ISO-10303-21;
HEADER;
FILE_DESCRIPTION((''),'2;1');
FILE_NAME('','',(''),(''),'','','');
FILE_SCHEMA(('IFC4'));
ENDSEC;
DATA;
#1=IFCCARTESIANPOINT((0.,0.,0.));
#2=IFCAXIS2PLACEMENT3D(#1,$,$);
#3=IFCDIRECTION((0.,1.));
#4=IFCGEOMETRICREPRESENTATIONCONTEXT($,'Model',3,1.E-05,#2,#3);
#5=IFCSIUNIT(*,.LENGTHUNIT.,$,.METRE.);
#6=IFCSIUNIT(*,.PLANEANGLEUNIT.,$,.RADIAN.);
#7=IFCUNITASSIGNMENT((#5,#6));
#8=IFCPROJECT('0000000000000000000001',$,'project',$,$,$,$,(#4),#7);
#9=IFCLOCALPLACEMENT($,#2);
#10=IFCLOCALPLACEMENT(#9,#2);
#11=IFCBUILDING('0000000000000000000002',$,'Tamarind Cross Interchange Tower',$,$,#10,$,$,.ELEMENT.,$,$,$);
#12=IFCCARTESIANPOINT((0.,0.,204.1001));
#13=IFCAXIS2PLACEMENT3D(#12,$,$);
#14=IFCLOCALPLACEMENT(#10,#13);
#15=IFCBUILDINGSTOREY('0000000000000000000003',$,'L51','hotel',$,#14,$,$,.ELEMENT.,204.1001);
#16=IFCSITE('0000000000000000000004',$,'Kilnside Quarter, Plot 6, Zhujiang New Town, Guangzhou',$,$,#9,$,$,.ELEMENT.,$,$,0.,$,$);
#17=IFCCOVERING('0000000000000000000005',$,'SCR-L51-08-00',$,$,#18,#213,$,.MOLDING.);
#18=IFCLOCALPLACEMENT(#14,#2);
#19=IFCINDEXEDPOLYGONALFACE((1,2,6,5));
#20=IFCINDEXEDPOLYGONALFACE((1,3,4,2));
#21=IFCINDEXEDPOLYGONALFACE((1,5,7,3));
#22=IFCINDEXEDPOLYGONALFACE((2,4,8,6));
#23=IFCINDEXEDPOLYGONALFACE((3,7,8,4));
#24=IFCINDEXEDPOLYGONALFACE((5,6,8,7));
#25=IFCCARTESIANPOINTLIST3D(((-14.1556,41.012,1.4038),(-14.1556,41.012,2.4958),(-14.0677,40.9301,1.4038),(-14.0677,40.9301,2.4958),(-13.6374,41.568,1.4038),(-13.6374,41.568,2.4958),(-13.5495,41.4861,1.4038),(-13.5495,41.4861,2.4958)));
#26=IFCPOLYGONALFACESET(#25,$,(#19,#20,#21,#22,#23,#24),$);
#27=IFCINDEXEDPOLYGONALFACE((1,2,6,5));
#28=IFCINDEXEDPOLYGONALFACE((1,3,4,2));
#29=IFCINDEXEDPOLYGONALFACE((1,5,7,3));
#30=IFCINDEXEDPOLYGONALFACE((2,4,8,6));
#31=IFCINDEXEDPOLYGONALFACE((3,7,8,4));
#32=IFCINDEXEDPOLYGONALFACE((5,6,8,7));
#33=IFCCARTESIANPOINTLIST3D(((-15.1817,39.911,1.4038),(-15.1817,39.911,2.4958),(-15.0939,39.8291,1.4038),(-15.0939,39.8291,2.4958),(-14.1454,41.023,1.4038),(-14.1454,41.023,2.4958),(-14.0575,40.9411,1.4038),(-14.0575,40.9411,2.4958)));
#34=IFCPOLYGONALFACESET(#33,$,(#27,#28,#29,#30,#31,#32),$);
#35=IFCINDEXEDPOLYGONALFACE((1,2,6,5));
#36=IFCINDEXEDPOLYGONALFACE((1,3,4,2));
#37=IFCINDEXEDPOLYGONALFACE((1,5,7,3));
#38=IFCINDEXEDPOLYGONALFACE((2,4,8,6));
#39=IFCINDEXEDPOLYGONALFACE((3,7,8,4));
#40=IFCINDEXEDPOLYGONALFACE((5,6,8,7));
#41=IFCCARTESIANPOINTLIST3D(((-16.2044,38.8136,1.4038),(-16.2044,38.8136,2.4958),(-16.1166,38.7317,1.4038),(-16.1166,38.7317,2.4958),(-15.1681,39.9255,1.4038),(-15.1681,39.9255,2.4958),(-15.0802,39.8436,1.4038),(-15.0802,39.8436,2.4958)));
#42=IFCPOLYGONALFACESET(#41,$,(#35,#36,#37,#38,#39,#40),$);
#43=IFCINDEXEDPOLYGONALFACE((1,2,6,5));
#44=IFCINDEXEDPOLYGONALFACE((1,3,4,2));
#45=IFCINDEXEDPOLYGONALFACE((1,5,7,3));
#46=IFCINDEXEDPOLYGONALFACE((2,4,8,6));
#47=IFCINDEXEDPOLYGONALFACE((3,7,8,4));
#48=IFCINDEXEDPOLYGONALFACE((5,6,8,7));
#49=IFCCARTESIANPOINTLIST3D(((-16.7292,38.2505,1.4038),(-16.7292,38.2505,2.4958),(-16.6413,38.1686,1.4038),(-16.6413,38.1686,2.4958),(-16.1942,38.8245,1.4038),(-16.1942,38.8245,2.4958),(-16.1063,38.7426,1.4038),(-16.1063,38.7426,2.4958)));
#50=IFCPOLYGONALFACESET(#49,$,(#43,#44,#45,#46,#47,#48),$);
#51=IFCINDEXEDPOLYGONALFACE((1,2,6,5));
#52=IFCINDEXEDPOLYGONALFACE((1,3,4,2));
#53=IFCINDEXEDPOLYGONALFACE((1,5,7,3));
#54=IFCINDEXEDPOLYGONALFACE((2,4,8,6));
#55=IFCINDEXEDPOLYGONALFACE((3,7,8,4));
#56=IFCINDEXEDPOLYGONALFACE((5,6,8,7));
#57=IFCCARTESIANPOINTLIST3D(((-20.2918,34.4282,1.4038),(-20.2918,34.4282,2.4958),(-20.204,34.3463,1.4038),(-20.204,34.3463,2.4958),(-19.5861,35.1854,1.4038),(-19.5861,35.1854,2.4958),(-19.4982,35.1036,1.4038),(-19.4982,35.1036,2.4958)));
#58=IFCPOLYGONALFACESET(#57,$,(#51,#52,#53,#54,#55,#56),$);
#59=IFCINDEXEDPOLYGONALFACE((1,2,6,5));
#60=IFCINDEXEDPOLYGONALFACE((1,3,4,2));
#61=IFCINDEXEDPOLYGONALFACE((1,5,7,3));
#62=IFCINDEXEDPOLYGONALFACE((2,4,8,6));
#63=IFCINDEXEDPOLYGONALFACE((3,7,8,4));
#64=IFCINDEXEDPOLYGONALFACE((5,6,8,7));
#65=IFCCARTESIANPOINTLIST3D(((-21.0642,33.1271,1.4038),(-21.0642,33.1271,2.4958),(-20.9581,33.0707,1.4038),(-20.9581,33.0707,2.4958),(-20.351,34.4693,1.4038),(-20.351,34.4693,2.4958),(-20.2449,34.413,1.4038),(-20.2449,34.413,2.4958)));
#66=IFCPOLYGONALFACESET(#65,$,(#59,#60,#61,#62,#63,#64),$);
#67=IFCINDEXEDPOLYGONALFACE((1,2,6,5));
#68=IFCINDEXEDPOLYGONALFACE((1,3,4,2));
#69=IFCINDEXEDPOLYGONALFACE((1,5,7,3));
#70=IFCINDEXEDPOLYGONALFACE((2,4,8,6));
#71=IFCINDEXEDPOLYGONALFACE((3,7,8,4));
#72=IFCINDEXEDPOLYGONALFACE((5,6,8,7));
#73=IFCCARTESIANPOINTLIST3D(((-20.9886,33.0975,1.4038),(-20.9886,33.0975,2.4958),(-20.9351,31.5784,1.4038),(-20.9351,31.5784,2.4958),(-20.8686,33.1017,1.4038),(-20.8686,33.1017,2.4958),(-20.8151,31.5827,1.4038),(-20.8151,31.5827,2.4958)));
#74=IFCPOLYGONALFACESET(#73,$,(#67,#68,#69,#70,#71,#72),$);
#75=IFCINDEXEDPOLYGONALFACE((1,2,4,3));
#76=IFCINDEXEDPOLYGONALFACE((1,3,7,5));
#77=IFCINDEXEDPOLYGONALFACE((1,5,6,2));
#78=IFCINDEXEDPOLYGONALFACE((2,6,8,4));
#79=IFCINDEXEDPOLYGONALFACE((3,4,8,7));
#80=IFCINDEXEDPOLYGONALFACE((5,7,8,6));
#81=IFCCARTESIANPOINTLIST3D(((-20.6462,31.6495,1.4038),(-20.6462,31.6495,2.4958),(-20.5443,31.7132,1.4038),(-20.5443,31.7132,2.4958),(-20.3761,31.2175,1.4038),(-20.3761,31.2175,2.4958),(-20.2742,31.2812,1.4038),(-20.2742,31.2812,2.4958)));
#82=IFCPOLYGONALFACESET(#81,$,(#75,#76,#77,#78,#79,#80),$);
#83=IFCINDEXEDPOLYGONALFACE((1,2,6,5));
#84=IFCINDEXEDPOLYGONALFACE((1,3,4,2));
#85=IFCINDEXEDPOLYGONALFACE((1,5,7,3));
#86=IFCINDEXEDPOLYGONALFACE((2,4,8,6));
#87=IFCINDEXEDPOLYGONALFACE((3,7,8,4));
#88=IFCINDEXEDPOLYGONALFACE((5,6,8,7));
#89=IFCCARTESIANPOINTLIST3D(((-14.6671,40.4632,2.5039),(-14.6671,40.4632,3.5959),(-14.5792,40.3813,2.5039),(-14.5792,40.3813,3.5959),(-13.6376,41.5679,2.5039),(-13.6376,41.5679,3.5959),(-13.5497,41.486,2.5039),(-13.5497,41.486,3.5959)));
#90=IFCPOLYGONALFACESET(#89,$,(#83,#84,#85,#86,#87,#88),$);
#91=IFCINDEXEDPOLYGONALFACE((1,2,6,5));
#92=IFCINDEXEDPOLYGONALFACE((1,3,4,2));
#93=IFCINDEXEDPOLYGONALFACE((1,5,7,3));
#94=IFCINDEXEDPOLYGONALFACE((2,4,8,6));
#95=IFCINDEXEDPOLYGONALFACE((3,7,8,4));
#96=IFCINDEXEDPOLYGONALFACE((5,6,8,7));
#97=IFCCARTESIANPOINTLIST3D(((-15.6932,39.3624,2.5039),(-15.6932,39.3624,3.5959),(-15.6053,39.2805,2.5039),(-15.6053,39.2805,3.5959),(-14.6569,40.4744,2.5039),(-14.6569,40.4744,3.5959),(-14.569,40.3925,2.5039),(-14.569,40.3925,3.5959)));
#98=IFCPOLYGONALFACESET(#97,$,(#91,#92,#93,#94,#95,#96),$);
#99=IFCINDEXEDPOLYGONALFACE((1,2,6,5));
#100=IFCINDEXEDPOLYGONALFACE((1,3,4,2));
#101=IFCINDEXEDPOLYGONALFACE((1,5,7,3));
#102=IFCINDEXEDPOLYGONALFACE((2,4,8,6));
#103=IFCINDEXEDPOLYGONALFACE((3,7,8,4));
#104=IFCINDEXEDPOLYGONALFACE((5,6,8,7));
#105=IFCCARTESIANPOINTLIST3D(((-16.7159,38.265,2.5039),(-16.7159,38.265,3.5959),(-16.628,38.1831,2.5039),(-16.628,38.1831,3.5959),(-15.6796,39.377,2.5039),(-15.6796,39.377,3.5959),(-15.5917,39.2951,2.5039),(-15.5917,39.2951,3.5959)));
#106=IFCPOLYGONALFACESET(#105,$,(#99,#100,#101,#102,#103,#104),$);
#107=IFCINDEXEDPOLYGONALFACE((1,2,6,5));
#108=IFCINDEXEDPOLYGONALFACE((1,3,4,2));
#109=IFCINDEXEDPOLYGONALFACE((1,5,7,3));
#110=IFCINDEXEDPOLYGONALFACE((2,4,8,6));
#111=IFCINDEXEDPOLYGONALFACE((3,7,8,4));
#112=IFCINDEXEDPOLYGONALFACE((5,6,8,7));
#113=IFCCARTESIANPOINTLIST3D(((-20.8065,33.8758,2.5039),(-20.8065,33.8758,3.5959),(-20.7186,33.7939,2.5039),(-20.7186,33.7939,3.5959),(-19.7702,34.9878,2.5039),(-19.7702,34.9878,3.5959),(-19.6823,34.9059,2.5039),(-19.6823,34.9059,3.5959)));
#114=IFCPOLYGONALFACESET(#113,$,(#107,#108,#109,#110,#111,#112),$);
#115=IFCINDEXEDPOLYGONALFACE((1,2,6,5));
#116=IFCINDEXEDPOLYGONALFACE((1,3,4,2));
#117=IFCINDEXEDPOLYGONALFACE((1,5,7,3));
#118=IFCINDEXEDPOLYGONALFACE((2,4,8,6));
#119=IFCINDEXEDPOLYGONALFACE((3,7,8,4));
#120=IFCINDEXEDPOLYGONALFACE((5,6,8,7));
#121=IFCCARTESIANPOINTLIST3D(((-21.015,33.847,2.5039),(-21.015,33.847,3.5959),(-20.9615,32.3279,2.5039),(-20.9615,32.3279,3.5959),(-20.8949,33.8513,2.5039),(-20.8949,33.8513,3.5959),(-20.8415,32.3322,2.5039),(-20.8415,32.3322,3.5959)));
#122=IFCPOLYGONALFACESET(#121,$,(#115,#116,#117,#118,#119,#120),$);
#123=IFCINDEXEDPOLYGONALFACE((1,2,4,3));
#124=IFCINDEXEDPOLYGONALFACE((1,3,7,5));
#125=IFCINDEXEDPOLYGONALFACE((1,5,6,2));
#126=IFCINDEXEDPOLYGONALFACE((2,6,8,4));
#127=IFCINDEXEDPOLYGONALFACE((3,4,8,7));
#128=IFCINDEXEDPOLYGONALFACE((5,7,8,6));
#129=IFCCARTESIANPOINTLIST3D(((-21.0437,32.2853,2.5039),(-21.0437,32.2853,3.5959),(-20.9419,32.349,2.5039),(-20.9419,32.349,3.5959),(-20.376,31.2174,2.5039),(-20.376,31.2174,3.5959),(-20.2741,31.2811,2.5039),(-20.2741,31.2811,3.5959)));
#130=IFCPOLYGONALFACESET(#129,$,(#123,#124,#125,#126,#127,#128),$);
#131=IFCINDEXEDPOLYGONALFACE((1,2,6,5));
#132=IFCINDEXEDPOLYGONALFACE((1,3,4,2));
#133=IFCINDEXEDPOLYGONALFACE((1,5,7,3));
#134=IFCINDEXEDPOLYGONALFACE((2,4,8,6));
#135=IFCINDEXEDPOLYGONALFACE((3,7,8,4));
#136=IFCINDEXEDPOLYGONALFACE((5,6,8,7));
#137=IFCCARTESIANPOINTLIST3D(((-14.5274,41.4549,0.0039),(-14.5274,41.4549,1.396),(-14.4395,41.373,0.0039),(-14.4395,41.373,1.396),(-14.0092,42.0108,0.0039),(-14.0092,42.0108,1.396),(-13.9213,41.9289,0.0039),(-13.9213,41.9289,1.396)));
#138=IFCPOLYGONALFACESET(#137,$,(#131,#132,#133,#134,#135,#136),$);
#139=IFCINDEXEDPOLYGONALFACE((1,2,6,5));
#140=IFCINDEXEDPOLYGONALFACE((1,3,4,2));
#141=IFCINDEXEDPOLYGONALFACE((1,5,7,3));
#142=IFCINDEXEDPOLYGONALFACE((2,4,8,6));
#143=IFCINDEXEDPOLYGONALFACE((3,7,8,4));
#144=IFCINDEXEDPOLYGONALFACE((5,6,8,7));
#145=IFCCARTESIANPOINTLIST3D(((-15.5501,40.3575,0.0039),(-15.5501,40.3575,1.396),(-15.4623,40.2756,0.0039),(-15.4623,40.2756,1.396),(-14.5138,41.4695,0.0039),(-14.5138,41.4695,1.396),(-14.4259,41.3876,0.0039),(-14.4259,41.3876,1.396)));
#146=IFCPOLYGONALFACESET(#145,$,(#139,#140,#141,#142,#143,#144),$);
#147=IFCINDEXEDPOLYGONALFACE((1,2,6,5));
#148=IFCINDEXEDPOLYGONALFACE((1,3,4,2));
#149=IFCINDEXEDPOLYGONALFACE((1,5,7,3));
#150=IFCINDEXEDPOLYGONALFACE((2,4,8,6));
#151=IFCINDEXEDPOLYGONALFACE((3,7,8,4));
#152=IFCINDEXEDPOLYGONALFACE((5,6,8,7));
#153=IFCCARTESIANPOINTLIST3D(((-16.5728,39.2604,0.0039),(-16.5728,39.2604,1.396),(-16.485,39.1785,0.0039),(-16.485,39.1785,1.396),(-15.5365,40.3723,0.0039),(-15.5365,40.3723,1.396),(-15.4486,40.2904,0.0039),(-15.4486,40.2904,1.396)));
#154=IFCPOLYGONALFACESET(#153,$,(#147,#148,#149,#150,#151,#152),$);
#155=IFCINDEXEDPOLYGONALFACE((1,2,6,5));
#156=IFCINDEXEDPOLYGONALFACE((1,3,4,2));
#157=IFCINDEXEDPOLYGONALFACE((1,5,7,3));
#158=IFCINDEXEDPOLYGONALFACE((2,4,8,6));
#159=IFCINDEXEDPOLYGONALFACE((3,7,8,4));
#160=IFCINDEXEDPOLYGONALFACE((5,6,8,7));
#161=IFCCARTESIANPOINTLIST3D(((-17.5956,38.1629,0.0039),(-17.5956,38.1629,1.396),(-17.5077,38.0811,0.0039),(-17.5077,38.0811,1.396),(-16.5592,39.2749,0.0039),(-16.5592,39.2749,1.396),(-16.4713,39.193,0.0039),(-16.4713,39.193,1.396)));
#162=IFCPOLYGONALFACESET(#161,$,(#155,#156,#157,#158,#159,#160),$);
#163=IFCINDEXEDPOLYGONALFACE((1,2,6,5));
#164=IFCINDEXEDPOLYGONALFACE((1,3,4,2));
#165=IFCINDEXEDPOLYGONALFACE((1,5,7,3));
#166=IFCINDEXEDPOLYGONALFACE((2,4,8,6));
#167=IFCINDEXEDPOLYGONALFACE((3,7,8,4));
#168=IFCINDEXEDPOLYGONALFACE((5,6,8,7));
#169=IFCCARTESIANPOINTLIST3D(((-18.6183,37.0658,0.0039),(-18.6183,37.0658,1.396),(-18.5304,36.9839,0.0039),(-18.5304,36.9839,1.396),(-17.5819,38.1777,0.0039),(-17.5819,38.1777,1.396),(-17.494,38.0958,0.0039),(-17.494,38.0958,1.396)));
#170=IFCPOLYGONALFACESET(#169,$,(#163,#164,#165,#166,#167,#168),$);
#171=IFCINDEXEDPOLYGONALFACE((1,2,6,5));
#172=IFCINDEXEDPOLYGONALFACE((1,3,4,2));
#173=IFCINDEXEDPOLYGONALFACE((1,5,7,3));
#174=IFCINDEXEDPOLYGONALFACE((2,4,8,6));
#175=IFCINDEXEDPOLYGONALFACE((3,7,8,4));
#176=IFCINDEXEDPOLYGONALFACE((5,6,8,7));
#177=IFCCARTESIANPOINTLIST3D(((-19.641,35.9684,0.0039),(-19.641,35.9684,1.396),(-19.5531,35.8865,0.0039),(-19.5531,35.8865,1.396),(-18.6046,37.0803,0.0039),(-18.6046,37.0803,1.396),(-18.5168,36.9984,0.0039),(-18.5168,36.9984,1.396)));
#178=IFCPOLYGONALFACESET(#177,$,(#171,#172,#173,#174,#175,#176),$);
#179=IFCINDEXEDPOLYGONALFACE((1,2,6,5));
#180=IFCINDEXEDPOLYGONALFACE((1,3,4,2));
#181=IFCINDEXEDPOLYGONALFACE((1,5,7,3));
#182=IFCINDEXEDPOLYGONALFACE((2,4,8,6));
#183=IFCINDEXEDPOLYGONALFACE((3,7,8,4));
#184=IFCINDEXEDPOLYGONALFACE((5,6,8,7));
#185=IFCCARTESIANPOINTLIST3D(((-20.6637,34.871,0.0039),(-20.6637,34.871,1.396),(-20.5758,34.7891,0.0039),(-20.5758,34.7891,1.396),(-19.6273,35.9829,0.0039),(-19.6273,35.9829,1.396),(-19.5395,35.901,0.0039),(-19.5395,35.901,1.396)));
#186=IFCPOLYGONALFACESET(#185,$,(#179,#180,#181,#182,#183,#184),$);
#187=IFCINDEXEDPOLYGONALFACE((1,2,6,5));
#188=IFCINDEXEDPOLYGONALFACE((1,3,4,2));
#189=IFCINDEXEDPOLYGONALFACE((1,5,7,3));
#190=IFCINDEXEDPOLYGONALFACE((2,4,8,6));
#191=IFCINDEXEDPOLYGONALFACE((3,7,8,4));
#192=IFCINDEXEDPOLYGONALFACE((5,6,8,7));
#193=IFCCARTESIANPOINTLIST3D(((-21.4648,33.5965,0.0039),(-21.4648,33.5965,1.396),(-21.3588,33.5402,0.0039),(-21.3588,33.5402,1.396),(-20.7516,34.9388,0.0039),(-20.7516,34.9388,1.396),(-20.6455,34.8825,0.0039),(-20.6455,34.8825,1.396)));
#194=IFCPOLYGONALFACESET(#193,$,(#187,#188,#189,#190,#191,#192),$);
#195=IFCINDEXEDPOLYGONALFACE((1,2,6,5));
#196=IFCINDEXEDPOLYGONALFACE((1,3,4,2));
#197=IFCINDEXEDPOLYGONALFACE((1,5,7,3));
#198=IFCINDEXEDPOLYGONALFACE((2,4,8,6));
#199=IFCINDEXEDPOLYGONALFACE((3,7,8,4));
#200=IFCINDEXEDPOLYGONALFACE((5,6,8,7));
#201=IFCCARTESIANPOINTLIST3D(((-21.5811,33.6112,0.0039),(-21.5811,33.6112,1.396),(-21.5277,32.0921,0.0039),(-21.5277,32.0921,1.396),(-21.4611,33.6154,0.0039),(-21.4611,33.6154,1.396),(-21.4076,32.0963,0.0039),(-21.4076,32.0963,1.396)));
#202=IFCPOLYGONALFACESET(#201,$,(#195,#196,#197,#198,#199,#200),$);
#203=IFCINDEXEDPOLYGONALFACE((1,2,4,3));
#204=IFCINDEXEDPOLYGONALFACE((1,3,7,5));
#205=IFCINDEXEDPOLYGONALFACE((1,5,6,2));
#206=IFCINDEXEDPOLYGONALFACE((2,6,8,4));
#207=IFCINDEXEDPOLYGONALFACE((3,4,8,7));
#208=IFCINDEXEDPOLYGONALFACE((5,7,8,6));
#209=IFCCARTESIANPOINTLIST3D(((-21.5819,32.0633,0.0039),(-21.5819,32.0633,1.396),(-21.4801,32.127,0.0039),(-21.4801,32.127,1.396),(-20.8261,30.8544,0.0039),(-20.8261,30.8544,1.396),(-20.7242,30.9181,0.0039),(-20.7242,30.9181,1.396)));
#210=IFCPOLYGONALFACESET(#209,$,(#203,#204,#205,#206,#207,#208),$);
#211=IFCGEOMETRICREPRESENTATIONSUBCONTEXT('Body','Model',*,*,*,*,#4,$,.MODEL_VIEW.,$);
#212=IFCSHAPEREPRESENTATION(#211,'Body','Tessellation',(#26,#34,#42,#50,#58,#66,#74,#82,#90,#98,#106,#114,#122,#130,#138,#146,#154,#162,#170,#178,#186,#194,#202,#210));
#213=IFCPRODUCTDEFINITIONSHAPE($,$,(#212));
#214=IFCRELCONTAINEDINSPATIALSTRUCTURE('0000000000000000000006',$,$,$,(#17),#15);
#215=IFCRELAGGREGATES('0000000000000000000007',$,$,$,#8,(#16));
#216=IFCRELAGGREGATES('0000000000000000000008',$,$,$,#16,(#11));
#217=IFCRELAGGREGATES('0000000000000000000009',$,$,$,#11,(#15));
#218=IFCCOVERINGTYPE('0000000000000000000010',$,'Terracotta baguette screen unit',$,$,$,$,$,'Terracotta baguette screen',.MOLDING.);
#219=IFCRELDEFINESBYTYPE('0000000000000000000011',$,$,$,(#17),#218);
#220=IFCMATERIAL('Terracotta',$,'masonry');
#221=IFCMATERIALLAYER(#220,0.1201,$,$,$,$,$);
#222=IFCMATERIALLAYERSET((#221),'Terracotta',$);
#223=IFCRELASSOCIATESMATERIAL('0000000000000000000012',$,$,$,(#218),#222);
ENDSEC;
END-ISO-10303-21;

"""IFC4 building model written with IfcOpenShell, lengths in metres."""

from ifc_helpers import new_model, si_unit, direction, frame, origin, origin_2d, place, context, subcontext, project, spatial, rectangle, extrude, material, layer, layer_set, type_object, element, save


model = new_model("IFC4")

# Units and contexts
model_context = context("Model", 3, precision=1e-05, world=origin(), true_north=direction((0.0, 1.0)))
body_context = subcontext(model_context, "Body", "Model", "MODEL_VIEW")
ifc_project = project(units=[si_unit("LENGTHUNIT", "METRE"), si_unit("PLANEANGLEUNIT", "RADIAN")], contexts=[model_context])

# Site, building, storey
site_placement = place(None, origin())
site = spatial("IfcSite", under=ifc_project, at=site_placement, Name="Kilnside Quarter, Plot 6, Zhujiang New Town, Guangzhou", CompositionType="ELEMENT", RefElevation=0.0)
building_placement = place(site_placement, origin())
building = spatial("IfcBuilding", under=site, at=building_placement, Name="Tamarind Cross Interchange Tower", CompositionType="ELEMENT")
storey_placement = place(building_placement, frame((0.0, 0.0, 204.1001)))
storey = spatial("IfcBuildingStorey", under=building, at=storey_placement, Name="L51", Description="hotel", CompositionType="ELEMENT", Elevation=204.1001)

# Covering
ifc_material_1 = material(Name="Terracotta", Category="masonry")
ifc_layer_1 = layer(ifc_material_1, 0.1201)
ifc_layer_set_1 = layer_set([ifc_layer_1], Name="Terracotta")
covering_type = type_object("IfcCoveringType", Name="Terracotta baguette screen unit", ElementType="Terracotta baguette screen", PredefinedType="MOLDING", material=ifc_layer_set_1)
covering_1_placement = place(storey_placement, origin())
element("IfcCovering", 1, at=covering_1_placement, inside=storey, type_object=covering_type, Name="SCR-L51-08-00", PredefinedType="MOLDING", context=body_context, shape_type="SweptSolid", body=[
    extrude(rectangle(XDim=0.76, YDim=0.1201, at=origin_2d()), frame((-13.8525, 41.249, 1.4038), z_axis=(0.0, 0.0, 1.0), x_axis=(-0.681794, -0.731544, 0.0)), (0.0, 0.0, 1.0), 1.092),
    extrude(rectangle(XDim=1.52, YDim=0.1201, at=origin_2d()), frame((-14.6196, 40.426, 1.4038), z_axis=(0.0, 0.0, 1.0), x_axis=(-0.681794, -0.731544, 0.0)), (0.0, 0.0, 1.0), 1.092),
    extrude(rectangle(XDim=1.52, YDim=0.1201, at=origin_2d()), frame((-15.6423, 39.3286, 1.4038), z_axis=(0.0, 0.0, 1.0), x_axis=(-0.681794, -0.731544, 0.0)), (0.0, 0.0, 1.0), 1.092),
    extrude(rectangle(XDim=0.7847, YDim=0.1201, at=origin_2d()), frame((-16.4177, 38.4966, 1.4038), z_axis=(0.0, 0.0, 1.0), x_axis=(-0.681794, -0.731544, 0.0)), (0.0, 0.0, 1.0), 1.092),
    extrude(rectangle(XDim=1.0352, YDim=0.1201, at=origin_2d()), frame((-19.895, 34.7659, 1.4038), z_axis=(0.0, 0.0, 1.0), x_axis=(-0.681794, -0.731544, 0.0)), (0.0, 0.0, 1.0), 1.092),
    extrude(rectangle(XDim=1.52, YDim=0.1201, at=origin_2d()), frame((-20.6545, 33.77, 1.4038), z_axis=(0.0, 0.0, 1.0), x_axis=(-0.469225, -0.883079, 0.0)), (0.0, 0.0, 1.0), 1.092),
    extrude(rectangle(XDim=1.52, YDim=0.1201, at=origin_2d()), frame((-20.9019, 32.3401, 1.4038), z_axis=(0.0, 0.0, 1.0), x_axis=(0.035179, -0.999381, 0.0)), (0.0, 0.0, 1.0), 1.092),
    extrude(rectangle(XDim=0.5095, YDim=0.1201, at=origin_2d()), frame((-20.4602, 31.4653, 1.4038), z_axis=(0.0, 0.0, 1.0), x_axis=(0.530156, -0.8479, 0.0)), (0.0, 0.0, 1.0), 1.092),
    extrude(rectangle(XDim=1.51, YDim=0.1201, at=origin_2d()), frame((-14.1084, 40.9746, 2.5039), z_axis=(0.0, 0.0, 1.0), x_axis=(-0.681794, -0.731544, 0.0)), (0.0, 0.0, 1.0), 1.092),
    extrude(rectangle(XDim=1.52, YDim=0.1201, at=origin_2d()), frame((-15.1311, 39.8774, 2.5039), z_axis=(0.0, 0.0, 1.0), x_axis=(-0.681794, -0.731544, 0.0)), (0.0, 0.0, 1.0), 1.092),
    extrude(rectangle(XDim=1.52, YDim=0.1201, at=origin_2d()), frame((-16.1538, 38.78, 2.5039), z_axis=(0.0, 0.0, 1.0), x_axis=(-0.681794, -0.731544, 0.0)), (0.0, 0.0, 1.0), 1.092),
    extrude(rectangle(XDim=1.52, YDim=0.1201, at=origin_2d()), frame((-20.2444, 34.3909, 2.5039), z_axis=(0.0, 0.0, 1.0), x_axis=(-0.681794, -0.731544, 0.0)), (0.0, 0.0, 1.0), 1.092),
    extrude(rectangle(XDim=1.52, YDim=0.1201, at=origin_2d()), frame((-20.9282, 33.0896, 2.5039), z_axis=(0.0, 0.0, 1.0), x_axis=(0.035179, -0.999381, 0.0)), (0.0, 0.0, 1.0), 1.092),
    extrude(rectangle(XDim=1.2595, YDim=0.1201, at=origin_2d()), frame((-20.6589, 31.7832, 2.5039), z_axis=(0.0, 0.0, 1.0), x_axis=(0.530156, -0.8479, 0.0)), (0.0, 0.0, 1.0), 1.092),
    extrude(rectangle(XDim=0.76, YDim=0.1201, at=origin_2d()), frame((-14.2244, 41.6919, 0.0039), z_axis=(0.0, 0.0, 1.0), x_axis=(-0.681794, -0.731544, 0.0)), (0.0, 0.0, 1.0), 1.3921),
    extrude(rectangle(XDim=1.52, YDim=0.1201, at=origin_2d()), frame((-14.988, 40.8726, 0.0039), z_axis=(0.0, 0.0, 1.0), x_axis=(-0.681794, -0.731544, 0.0)), (0.0, 0.0, 1.0), 1.3921),
    extrude(rectangle(XDim=1.52, YDim=0.1201, at=origin_2d()), frame((-16.0107, 39.7754, 0.0039), z_axis=(0.0, 0.0, 1.0), x_axis=(-0.681794, -0.731544, 0.0)), (0.0, 0.0, 1.0), 1.3921),
    extrude(rectangle(XDim=1.52, YDim=0.1201, at=origin_2d()), frame((-17.0334, 38.678, 0.0039), z_axis=(0.0, 0.0, 1.0), x_axis=(-0.681794, -0.731544, 0.0)), (0.0, 0.0, 1.0), 1.3921),
    extrude(rectangle(XDim=1.52, YDim=0.1201, at=origin_2d()), frame((-18.0562, 37.5808, 0.0039), z_axis=(0.0, 0.0, 1.0), x_axis=(-0.681794, -0.731544, 0.0)), (0.0, 0.0, 1.0), 1.3921),
    extrude(rectangle(XDim=1.52, YDim=0.1201, at=origin_2d()), frame((-19.0789, 36.4834, 0.0039), z_axis=(0.0, 0.0, 1.0), x_axis=(-0.681794, -0.731544, 0.0)), (0.0, 0.0, 1.0), 1.3921),
    extrude(rectangle(XDim=1.52, YDim=0.1201, at=origin_2d()), frame((-20.1016, 35.386, 0.0039), z_axis=(0.0, 0.0, 1.0), x_axis=(-0.681794, -0.731544, 0.0)), (0.0, 0.0, 1.0), 1.3921),
    extrude(rectangle(XDim=1.52, YDim=0.1201, at=origin_2d()), frame((-21.0552, 34.2395, 0.0039), z_axis=(0.0, 0.0, 1.0), x_axis=(-0.469225, -0.883079, 0.0)), (0.0, 0.0, 1.0), 1.3921),
    extrude(rectangle(XDim=1.52, YDim=0.1201, at=origin_2d()), frame((-21.4944, 32.8538, 0.0039), z_axis=(0.0, 0.0, 1.0), x_axis=(0.035179, -0.999381, 0.0)), (0.0, 0.0, 1.0), 1.3921),
    extrude(rectangle(XDim=1.4258, YDim=0.1201, at=origin_2d()), frame((-21.1531, 31.4907, 0.0039), z_axis=(0.0, 0.0, 1.0), x_axis=(0.530156, -0.8479, 0.0)), (0.0, 0.0, 1.0), 1.3921),
])

save(model, "model.ifc")
